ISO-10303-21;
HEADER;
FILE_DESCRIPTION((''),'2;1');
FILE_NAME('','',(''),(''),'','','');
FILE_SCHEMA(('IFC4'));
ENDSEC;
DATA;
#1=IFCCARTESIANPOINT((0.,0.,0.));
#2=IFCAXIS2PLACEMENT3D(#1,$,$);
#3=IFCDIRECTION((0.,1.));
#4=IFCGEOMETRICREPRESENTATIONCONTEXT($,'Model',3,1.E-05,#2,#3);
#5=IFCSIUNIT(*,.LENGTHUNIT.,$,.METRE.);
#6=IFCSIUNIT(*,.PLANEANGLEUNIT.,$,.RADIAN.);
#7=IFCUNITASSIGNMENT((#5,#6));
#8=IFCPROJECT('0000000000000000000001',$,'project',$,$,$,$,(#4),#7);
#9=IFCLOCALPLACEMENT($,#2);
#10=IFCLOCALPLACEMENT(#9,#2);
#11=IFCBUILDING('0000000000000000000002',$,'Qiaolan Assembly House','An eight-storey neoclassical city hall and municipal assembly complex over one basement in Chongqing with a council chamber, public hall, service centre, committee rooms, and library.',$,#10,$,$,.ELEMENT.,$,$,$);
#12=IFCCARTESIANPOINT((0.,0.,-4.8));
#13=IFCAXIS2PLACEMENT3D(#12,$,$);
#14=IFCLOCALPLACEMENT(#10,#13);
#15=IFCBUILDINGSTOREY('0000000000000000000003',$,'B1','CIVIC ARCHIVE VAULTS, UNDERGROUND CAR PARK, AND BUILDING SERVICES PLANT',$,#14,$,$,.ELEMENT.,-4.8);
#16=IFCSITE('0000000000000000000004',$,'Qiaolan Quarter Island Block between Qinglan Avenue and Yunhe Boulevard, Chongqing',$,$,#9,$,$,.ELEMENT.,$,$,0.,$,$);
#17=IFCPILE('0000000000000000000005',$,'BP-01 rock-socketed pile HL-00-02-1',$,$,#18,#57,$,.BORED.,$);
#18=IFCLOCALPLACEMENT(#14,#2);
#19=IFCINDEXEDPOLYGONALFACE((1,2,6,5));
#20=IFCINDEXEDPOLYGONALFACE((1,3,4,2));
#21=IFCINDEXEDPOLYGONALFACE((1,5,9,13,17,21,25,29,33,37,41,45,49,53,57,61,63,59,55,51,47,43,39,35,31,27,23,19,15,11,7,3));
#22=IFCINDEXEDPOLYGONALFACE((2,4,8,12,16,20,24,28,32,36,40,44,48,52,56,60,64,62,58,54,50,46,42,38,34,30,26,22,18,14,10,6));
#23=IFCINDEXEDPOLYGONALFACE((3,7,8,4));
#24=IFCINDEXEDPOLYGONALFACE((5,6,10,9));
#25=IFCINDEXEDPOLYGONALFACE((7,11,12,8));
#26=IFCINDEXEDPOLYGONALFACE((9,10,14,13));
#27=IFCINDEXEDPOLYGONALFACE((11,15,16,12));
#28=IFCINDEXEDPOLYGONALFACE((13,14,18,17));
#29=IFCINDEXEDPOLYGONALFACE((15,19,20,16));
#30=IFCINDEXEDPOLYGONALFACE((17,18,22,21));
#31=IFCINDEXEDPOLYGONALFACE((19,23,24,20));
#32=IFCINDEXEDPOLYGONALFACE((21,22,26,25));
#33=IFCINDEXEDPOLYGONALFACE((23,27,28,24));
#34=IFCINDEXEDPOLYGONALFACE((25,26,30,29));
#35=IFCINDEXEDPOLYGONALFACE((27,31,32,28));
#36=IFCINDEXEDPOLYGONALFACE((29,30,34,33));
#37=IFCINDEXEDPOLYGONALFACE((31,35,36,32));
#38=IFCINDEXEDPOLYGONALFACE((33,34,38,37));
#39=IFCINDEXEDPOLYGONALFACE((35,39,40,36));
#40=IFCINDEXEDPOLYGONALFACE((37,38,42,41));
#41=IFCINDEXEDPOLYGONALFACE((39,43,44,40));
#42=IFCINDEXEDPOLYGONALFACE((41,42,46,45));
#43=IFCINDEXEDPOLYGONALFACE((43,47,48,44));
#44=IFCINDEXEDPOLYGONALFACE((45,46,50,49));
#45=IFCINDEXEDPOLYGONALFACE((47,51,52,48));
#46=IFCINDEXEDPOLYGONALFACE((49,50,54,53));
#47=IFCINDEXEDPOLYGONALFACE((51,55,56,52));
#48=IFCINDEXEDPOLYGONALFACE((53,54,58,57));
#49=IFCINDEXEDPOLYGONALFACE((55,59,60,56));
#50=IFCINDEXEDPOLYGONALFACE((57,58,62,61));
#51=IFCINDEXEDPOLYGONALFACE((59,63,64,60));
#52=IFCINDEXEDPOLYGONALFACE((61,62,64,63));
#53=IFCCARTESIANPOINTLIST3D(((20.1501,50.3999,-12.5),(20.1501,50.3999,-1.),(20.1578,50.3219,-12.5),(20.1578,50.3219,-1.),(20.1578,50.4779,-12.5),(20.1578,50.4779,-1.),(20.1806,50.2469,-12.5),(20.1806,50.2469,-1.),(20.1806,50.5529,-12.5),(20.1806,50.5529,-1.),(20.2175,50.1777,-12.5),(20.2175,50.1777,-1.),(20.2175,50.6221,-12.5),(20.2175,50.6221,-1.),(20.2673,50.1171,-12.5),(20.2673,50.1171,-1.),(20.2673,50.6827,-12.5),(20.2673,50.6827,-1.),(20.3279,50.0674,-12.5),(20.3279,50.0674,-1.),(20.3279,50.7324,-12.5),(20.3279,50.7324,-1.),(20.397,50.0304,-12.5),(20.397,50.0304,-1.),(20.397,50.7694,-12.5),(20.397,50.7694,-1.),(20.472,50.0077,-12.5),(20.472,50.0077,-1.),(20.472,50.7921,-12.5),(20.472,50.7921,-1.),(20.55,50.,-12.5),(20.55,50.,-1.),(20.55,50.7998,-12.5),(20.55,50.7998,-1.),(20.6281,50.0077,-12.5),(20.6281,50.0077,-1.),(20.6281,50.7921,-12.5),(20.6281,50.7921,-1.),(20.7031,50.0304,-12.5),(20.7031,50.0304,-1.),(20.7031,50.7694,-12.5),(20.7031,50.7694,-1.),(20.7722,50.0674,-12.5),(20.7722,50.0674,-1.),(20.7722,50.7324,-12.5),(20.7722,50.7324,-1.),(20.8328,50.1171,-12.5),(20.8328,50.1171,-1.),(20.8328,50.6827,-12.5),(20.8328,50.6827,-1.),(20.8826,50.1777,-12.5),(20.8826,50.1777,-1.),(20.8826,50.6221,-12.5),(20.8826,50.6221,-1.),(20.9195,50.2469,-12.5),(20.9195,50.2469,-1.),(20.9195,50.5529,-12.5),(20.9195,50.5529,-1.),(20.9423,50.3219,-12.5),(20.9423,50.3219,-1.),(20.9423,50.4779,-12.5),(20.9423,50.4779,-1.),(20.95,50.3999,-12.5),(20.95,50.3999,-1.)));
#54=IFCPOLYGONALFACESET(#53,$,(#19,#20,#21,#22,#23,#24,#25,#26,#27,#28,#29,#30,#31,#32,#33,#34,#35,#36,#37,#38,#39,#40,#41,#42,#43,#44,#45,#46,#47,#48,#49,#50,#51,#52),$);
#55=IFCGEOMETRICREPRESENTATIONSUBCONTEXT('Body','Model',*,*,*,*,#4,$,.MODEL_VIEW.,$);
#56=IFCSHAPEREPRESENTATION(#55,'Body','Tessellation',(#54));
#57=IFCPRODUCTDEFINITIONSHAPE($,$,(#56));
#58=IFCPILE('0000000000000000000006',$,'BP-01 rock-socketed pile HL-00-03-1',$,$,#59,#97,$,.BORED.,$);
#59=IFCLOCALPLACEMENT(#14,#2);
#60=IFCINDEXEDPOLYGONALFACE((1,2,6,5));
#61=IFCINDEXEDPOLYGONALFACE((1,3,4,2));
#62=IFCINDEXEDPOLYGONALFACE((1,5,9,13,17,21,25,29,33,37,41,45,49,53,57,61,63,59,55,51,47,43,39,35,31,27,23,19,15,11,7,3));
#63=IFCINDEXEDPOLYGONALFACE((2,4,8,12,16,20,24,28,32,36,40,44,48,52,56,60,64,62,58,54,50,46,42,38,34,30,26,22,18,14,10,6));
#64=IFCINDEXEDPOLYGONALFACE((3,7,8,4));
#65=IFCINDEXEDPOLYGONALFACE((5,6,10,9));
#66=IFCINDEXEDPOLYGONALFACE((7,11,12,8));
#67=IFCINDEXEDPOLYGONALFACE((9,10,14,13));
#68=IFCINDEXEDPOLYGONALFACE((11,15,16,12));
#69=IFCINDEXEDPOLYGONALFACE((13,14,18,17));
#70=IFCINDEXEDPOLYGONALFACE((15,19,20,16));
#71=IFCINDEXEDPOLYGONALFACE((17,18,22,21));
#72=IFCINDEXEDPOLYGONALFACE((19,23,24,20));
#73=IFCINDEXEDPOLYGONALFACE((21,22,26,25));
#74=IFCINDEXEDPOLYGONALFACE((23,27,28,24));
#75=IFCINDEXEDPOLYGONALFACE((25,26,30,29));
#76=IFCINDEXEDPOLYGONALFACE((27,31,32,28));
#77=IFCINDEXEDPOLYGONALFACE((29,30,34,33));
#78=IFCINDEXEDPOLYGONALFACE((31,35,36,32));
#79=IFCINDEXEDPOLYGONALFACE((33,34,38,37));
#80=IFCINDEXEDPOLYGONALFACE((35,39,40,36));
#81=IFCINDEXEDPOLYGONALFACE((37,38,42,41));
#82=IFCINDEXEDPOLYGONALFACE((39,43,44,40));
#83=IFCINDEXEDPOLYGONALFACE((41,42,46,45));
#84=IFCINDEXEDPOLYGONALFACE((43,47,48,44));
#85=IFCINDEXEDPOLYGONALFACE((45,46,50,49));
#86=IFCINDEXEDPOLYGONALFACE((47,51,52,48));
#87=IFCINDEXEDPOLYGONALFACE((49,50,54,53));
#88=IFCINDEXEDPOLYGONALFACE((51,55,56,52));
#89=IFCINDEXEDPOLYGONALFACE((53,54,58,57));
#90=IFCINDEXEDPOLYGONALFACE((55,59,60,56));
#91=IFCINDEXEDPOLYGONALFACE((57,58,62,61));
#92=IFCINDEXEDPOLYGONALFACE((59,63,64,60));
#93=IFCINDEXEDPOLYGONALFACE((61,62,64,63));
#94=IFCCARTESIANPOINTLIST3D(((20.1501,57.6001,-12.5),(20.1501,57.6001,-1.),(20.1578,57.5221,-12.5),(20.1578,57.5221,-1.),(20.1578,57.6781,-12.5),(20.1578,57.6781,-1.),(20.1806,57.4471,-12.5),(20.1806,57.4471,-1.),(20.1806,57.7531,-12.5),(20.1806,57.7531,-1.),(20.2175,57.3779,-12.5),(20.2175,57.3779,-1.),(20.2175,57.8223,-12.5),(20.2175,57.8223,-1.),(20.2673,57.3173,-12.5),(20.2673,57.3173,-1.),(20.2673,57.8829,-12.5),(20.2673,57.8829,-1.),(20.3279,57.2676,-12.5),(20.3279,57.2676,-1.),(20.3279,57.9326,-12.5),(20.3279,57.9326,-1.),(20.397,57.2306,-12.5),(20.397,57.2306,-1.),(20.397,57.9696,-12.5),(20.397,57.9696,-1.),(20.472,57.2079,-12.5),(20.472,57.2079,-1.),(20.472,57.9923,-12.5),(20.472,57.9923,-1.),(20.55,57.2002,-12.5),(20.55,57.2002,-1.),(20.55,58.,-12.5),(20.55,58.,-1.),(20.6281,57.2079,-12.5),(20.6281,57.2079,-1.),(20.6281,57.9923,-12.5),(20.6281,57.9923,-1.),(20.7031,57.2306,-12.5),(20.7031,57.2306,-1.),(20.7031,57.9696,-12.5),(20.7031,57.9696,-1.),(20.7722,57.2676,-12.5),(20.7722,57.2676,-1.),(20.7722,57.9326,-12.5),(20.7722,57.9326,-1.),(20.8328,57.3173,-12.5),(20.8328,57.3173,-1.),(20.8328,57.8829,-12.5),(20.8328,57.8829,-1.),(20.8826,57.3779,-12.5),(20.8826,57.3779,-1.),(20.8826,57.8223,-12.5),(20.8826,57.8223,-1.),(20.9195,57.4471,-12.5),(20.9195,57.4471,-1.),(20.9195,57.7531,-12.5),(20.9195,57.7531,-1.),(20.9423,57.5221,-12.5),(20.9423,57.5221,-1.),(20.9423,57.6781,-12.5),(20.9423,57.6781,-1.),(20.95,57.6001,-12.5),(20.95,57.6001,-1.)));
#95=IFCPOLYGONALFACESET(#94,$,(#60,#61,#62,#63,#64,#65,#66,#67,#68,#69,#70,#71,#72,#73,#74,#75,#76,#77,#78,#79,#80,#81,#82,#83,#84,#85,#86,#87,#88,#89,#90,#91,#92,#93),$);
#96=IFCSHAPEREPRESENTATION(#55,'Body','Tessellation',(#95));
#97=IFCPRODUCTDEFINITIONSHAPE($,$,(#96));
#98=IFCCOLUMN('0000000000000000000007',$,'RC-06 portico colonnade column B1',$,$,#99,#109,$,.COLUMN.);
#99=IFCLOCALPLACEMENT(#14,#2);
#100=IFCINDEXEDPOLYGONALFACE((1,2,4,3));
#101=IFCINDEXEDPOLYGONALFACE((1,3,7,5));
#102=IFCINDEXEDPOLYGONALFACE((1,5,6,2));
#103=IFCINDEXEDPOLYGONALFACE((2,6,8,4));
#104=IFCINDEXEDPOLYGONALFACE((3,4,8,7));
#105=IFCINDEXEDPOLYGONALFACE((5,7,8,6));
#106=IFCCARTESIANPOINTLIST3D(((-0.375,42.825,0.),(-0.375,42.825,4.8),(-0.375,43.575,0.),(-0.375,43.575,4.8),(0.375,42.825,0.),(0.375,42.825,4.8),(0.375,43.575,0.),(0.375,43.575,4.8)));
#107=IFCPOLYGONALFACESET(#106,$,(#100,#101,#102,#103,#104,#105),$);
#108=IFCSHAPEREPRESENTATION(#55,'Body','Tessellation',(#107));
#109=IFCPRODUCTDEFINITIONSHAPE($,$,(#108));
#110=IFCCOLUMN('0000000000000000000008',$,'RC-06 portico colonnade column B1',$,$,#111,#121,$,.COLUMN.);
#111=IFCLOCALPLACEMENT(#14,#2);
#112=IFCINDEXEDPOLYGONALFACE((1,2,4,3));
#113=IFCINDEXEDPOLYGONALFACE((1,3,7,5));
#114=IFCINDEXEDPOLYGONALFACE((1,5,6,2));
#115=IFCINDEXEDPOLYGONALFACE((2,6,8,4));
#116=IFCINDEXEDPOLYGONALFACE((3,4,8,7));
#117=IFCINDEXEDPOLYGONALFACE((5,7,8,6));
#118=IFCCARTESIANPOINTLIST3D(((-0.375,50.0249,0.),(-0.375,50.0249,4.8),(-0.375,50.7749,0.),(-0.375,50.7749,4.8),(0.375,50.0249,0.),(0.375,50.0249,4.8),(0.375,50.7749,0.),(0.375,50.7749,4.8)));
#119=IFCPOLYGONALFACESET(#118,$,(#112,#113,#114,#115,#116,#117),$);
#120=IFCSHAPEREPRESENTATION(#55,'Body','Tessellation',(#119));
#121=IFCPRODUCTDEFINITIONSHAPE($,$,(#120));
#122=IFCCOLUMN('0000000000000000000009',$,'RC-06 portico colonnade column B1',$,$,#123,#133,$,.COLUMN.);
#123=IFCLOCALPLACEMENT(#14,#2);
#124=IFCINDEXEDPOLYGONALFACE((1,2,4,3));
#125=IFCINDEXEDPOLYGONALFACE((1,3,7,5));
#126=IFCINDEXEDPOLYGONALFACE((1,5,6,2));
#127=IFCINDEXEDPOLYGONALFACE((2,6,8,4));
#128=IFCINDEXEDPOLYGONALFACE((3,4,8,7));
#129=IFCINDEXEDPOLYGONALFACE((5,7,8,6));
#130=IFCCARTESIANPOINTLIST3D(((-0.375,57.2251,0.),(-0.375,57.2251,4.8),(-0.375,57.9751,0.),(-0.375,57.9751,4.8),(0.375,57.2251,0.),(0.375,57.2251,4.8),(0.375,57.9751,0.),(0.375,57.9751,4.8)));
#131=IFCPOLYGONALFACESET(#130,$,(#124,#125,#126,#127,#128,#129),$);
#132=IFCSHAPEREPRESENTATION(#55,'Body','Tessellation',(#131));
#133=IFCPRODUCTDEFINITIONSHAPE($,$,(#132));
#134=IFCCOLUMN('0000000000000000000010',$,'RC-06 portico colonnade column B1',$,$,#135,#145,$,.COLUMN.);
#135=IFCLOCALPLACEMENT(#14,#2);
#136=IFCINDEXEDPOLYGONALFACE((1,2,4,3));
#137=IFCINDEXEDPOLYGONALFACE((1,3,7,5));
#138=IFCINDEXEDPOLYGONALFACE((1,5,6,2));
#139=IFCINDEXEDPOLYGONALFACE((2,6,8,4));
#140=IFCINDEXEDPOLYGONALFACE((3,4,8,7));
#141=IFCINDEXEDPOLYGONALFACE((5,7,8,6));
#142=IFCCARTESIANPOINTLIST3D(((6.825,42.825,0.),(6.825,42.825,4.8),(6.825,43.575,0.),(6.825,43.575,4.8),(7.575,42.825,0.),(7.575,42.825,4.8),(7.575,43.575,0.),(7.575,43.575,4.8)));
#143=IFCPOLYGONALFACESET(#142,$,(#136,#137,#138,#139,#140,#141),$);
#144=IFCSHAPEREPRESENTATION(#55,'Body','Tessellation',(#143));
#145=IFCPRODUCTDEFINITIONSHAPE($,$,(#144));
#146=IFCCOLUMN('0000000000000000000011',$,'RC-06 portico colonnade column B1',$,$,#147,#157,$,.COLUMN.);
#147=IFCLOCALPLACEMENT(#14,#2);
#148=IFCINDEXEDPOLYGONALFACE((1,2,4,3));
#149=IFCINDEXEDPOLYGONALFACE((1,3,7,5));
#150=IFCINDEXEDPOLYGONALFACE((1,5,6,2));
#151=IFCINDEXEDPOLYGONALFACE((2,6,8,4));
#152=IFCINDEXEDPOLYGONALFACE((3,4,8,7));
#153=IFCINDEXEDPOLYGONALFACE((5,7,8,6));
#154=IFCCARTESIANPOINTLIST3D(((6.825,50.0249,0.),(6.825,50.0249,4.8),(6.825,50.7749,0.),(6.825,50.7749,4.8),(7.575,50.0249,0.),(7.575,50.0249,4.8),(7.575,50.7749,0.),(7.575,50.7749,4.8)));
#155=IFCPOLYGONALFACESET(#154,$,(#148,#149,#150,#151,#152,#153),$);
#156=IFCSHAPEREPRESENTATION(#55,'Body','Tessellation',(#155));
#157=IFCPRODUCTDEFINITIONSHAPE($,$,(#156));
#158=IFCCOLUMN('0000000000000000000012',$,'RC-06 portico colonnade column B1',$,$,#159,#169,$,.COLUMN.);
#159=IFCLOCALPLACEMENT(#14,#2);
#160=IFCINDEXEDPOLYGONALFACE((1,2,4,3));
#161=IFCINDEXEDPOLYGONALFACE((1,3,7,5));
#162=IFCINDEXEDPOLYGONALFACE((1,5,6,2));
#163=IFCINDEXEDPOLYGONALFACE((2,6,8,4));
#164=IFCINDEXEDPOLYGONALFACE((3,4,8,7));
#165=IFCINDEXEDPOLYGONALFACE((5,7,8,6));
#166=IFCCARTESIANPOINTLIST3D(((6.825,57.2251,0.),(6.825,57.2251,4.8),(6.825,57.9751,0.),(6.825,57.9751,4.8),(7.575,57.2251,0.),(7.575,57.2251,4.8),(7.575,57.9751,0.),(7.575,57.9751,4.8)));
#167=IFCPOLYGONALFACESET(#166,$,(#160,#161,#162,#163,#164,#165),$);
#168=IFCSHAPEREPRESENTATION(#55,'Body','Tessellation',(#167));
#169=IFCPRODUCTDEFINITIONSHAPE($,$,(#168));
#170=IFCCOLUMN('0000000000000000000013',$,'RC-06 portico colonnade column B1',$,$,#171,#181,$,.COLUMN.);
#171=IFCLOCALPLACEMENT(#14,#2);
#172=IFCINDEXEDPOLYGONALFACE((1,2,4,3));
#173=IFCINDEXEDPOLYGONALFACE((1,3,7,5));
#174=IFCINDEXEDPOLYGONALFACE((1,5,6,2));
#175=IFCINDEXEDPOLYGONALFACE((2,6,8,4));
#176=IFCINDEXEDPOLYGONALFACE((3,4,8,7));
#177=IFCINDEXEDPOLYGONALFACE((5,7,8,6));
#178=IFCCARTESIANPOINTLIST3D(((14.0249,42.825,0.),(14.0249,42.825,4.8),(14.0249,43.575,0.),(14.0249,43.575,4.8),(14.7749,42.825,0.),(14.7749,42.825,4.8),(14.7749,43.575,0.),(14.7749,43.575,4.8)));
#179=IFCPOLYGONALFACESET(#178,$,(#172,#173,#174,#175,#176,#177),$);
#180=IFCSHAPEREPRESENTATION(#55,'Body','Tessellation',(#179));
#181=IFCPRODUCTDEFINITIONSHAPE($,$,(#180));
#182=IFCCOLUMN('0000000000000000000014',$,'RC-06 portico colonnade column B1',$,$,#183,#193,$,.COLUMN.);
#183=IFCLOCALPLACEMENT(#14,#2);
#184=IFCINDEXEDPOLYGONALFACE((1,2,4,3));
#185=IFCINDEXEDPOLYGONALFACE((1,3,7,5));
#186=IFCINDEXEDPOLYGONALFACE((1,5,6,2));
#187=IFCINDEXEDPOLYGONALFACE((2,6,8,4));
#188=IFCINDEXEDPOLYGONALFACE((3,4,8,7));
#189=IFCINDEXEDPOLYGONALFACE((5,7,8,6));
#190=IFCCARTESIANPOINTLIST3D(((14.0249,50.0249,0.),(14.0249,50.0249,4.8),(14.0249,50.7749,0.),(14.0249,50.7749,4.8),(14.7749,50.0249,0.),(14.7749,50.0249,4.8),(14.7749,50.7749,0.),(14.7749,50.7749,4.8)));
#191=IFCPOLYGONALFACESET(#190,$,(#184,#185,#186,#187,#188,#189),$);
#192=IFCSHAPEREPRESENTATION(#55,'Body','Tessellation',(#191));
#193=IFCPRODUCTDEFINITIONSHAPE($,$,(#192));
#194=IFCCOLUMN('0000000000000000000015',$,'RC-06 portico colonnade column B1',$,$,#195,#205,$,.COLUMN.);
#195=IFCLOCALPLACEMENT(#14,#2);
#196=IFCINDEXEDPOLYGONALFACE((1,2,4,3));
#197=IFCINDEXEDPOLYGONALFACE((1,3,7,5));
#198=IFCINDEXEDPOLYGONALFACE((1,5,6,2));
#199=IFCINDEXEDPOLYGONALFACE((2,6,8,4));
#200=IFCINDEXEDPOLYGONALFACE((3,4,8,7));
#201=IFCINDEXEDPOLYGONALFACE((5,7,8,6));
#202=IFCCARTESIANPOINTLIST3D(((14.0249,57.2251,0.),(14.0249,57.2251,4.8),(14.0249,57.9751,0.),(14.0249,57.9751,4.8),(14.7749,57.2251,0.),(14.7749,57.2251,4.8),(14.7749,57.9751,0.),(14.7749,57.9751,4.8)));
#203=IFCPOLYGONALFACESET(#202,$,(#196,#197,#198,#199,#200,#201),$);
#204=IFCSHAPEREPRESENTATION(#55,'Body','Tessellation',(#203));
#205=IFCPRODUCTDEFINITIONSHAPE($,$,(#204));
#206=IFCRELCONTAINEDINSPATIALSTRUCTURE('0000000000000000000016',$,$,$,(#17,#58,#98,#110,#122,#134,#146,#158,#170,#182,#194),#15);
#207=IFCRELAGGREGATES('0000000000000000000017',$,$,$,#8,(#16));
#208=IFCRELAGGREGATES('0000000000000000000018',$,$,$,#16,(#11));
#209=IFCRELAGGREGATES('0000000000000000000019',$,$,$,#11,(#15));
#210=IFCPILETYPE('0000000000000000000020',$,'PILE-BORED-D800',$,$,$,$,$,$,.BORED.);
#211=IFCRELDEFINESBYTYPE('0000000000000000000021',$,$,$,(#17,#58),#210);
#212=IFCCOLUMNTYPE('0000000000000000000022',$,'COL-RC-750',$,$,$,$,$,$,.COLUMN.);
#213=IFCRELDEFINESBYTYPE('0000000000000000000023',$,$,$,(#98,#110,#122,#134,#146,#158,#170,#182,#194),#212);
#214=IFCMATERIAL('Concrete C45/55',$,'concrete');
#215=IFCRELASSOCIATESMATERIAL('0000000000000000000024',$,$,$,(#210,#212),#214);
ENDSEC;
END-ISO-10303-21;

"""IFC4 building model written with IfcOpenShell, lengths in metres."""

from ifc_helpers import new_model, si_unit, direction, frame, origin, origin_2d, place, context, subcontext, project, spatial, rectangle, circle, extrude, material, material_profile, profile_set, type_object, element, save


model = new_model("IFC4")

# Units and contexts
model_context = context("Model", 3, precision=1e-05, world=origin(), true_north=direction((0.0, 1.0)))
body_context = subcontext(model_context, "Body", "Model", "MODEL_VIEW")
ifc_project = project(units=[si_unit("LENGTHUNIT", "METRE"), si_unit("PLANEANGLEUNIT", "RADIAN")], contexts=[model_context])

# Site, building, storey
site_placement = place(None, origin())
site = spatial("IfcSite", under=ifc_project, at=site_placement, Name="Qiaolan Quarter Island Block between Qinglan Avenue and Yunhe Boulevard, Chongqing", CompositionType="ELEMENT", RefElevation=0.0)
building_placement = place(site_placement, origin())
building = spatial("IfcBuilding", under=site, at=building_placement, Name="Qiaolan Assembly House", Description="An eight-storey neoclassical city hall and municipal assembly complex over one basement in Chongqing with a council chamber, public hall, service centre, committee rooms, and library.", CompositionType="ELEMENT")
storey_placement = place(building_placement, frame((0.0, 0.0, -4.8)))
storey = spatial("IfcBuildingStorey", under=building, at=storey_placement, Name="B1", Description="CIVIC ARCHIVE VAULTS, UNDERGROUND CAR PARK, AND BUILDING SERVICES PLANT", CompositionType="ELEMENT", Elevation=-4.8)

# Piles
ifc_material_1 = material(Name="Concrete C45/55", Category="concrete")
ifc_material_profile_1 = material_profile(ifc_material_1, circle(Radius=0.3999, at=origin_2d()), Name="PILE D800")
ifc_profile_set_1 = profile_set([ifc_material_profile_1], Name="Concrete C45/55")
pile_type = type_object("IfcPileType", Name="PILE-BORED-D800", PredefinedType="BORED", material=ifc_profile_set_1)
for number, where, z_axis, x_axis, name in (
    (1, (20.55, 50.3999, -1.0), (0.0, 0.0, -1.0), (1.0, 0.0, 0.0), "BP-01 rock-socketed pile HL-00-02-1"),
    (2, (20.55, 57.6001, -1.0), (0.0, 0.0, -1.0), (1.0, 0.0, 0.0), "BP-01 rock-socketed pile HL-00-03-1"),
):
    element("IfcPile", number, at=place(storey_placement, frame(where, z_axis=z_axis, x_axis=x_axis)), inside=storey, type_object=pile_type, Name=name, PredefinedType="BORED", context=body_context, shape_type="SweptSolid", body=[
        extrude(circle(Radius=0.3999, at=origin_2d()), origin(), (0.0, 0.0, 1.0), 11.5),
    ])

# Columns
ifc_material_profile_2 = material_profile(ifc_material_1, rectangle(XDim=0.75, YDim=0.75, at=origin_2d()), Name="RC 750x750")
ifc_profile_set_2 = profile_set([ifc_material_profile_2], Name="Concrete C45/55")
column_type = type_object("IfcColumnType", Name="COL-RC-750", PredefinedType="COLUMN", material=ifc_profile_set_2)
for number, where, z_axis, x_axis, name in (
    (3, (0.0, 43.2, 0.0), (0.0, 0.0, 1.0), (1.0, 0.0, 0.0), "RC-06 portico colonnade column B1"),
    (4, (0.0, 50.3999, 0.0), (0.0, 0.0, 1.0), (1.0, 0.0, 0.0), "RC-06 portico colonnade column B1"),
    (5, (0.0, 57.6001, 0.0), (0.0, 0.0, 1.0), (1.0, 0.0, 0.0), "RC-06 portico colonnade column B1"),
    (6, (7.2, 43.2, 0.0), (0.0, 0.0, 1.0), (1.0, 0.0, 0.0), "RC-06 portico colonnade column B1"),
    (7, (7.2, 50.3999, 0.0), (0.0, 0.0, 1.0), (1.0, 0.0, 0.0), "RC-06 portico colonnade column B1"),
    (8, (7.2, 57.6001, 0.0), (0.0, 0.0, 1.0), (1.0, 0.0, 0.0), "RC-06 portico colonnade column B1"),
    (9, (14.3999, 43.2, 0.0), (0.0, 0.0, 1.0), (1.0, 0.0, 0.0), "RC-06 portico colonnade column B1"),
    (10, (14.3999, 50.3999, 0.0), (0.0, 0.0, 1.0), (1.0, 0.0, 0.0), "RC-06 portico colonnade column B1"),
    (11, (14.3999, 57.6001, 0.0), (0.0, 0.0, 1.0), (1.0, 0.0, 0.0), "RC-06 portico colonnade column B1"),
):
    element("IfcColumn", number, at=place(storey_placement, frame(where, z_axis=z_axis, x_axis=x_axis)), inside=storey, type_object=column_type, Name=name, PredefinedType="COLUMN", context=body_context, shape_type="SweptSolid", body=[
        extrude(rectangle(XDim=0.75, YDim=0.75, at=origin_2d()), origin(), (0.0, 0.0, 1.0), 4.8),
    ])

save(model, "model.ifc")
